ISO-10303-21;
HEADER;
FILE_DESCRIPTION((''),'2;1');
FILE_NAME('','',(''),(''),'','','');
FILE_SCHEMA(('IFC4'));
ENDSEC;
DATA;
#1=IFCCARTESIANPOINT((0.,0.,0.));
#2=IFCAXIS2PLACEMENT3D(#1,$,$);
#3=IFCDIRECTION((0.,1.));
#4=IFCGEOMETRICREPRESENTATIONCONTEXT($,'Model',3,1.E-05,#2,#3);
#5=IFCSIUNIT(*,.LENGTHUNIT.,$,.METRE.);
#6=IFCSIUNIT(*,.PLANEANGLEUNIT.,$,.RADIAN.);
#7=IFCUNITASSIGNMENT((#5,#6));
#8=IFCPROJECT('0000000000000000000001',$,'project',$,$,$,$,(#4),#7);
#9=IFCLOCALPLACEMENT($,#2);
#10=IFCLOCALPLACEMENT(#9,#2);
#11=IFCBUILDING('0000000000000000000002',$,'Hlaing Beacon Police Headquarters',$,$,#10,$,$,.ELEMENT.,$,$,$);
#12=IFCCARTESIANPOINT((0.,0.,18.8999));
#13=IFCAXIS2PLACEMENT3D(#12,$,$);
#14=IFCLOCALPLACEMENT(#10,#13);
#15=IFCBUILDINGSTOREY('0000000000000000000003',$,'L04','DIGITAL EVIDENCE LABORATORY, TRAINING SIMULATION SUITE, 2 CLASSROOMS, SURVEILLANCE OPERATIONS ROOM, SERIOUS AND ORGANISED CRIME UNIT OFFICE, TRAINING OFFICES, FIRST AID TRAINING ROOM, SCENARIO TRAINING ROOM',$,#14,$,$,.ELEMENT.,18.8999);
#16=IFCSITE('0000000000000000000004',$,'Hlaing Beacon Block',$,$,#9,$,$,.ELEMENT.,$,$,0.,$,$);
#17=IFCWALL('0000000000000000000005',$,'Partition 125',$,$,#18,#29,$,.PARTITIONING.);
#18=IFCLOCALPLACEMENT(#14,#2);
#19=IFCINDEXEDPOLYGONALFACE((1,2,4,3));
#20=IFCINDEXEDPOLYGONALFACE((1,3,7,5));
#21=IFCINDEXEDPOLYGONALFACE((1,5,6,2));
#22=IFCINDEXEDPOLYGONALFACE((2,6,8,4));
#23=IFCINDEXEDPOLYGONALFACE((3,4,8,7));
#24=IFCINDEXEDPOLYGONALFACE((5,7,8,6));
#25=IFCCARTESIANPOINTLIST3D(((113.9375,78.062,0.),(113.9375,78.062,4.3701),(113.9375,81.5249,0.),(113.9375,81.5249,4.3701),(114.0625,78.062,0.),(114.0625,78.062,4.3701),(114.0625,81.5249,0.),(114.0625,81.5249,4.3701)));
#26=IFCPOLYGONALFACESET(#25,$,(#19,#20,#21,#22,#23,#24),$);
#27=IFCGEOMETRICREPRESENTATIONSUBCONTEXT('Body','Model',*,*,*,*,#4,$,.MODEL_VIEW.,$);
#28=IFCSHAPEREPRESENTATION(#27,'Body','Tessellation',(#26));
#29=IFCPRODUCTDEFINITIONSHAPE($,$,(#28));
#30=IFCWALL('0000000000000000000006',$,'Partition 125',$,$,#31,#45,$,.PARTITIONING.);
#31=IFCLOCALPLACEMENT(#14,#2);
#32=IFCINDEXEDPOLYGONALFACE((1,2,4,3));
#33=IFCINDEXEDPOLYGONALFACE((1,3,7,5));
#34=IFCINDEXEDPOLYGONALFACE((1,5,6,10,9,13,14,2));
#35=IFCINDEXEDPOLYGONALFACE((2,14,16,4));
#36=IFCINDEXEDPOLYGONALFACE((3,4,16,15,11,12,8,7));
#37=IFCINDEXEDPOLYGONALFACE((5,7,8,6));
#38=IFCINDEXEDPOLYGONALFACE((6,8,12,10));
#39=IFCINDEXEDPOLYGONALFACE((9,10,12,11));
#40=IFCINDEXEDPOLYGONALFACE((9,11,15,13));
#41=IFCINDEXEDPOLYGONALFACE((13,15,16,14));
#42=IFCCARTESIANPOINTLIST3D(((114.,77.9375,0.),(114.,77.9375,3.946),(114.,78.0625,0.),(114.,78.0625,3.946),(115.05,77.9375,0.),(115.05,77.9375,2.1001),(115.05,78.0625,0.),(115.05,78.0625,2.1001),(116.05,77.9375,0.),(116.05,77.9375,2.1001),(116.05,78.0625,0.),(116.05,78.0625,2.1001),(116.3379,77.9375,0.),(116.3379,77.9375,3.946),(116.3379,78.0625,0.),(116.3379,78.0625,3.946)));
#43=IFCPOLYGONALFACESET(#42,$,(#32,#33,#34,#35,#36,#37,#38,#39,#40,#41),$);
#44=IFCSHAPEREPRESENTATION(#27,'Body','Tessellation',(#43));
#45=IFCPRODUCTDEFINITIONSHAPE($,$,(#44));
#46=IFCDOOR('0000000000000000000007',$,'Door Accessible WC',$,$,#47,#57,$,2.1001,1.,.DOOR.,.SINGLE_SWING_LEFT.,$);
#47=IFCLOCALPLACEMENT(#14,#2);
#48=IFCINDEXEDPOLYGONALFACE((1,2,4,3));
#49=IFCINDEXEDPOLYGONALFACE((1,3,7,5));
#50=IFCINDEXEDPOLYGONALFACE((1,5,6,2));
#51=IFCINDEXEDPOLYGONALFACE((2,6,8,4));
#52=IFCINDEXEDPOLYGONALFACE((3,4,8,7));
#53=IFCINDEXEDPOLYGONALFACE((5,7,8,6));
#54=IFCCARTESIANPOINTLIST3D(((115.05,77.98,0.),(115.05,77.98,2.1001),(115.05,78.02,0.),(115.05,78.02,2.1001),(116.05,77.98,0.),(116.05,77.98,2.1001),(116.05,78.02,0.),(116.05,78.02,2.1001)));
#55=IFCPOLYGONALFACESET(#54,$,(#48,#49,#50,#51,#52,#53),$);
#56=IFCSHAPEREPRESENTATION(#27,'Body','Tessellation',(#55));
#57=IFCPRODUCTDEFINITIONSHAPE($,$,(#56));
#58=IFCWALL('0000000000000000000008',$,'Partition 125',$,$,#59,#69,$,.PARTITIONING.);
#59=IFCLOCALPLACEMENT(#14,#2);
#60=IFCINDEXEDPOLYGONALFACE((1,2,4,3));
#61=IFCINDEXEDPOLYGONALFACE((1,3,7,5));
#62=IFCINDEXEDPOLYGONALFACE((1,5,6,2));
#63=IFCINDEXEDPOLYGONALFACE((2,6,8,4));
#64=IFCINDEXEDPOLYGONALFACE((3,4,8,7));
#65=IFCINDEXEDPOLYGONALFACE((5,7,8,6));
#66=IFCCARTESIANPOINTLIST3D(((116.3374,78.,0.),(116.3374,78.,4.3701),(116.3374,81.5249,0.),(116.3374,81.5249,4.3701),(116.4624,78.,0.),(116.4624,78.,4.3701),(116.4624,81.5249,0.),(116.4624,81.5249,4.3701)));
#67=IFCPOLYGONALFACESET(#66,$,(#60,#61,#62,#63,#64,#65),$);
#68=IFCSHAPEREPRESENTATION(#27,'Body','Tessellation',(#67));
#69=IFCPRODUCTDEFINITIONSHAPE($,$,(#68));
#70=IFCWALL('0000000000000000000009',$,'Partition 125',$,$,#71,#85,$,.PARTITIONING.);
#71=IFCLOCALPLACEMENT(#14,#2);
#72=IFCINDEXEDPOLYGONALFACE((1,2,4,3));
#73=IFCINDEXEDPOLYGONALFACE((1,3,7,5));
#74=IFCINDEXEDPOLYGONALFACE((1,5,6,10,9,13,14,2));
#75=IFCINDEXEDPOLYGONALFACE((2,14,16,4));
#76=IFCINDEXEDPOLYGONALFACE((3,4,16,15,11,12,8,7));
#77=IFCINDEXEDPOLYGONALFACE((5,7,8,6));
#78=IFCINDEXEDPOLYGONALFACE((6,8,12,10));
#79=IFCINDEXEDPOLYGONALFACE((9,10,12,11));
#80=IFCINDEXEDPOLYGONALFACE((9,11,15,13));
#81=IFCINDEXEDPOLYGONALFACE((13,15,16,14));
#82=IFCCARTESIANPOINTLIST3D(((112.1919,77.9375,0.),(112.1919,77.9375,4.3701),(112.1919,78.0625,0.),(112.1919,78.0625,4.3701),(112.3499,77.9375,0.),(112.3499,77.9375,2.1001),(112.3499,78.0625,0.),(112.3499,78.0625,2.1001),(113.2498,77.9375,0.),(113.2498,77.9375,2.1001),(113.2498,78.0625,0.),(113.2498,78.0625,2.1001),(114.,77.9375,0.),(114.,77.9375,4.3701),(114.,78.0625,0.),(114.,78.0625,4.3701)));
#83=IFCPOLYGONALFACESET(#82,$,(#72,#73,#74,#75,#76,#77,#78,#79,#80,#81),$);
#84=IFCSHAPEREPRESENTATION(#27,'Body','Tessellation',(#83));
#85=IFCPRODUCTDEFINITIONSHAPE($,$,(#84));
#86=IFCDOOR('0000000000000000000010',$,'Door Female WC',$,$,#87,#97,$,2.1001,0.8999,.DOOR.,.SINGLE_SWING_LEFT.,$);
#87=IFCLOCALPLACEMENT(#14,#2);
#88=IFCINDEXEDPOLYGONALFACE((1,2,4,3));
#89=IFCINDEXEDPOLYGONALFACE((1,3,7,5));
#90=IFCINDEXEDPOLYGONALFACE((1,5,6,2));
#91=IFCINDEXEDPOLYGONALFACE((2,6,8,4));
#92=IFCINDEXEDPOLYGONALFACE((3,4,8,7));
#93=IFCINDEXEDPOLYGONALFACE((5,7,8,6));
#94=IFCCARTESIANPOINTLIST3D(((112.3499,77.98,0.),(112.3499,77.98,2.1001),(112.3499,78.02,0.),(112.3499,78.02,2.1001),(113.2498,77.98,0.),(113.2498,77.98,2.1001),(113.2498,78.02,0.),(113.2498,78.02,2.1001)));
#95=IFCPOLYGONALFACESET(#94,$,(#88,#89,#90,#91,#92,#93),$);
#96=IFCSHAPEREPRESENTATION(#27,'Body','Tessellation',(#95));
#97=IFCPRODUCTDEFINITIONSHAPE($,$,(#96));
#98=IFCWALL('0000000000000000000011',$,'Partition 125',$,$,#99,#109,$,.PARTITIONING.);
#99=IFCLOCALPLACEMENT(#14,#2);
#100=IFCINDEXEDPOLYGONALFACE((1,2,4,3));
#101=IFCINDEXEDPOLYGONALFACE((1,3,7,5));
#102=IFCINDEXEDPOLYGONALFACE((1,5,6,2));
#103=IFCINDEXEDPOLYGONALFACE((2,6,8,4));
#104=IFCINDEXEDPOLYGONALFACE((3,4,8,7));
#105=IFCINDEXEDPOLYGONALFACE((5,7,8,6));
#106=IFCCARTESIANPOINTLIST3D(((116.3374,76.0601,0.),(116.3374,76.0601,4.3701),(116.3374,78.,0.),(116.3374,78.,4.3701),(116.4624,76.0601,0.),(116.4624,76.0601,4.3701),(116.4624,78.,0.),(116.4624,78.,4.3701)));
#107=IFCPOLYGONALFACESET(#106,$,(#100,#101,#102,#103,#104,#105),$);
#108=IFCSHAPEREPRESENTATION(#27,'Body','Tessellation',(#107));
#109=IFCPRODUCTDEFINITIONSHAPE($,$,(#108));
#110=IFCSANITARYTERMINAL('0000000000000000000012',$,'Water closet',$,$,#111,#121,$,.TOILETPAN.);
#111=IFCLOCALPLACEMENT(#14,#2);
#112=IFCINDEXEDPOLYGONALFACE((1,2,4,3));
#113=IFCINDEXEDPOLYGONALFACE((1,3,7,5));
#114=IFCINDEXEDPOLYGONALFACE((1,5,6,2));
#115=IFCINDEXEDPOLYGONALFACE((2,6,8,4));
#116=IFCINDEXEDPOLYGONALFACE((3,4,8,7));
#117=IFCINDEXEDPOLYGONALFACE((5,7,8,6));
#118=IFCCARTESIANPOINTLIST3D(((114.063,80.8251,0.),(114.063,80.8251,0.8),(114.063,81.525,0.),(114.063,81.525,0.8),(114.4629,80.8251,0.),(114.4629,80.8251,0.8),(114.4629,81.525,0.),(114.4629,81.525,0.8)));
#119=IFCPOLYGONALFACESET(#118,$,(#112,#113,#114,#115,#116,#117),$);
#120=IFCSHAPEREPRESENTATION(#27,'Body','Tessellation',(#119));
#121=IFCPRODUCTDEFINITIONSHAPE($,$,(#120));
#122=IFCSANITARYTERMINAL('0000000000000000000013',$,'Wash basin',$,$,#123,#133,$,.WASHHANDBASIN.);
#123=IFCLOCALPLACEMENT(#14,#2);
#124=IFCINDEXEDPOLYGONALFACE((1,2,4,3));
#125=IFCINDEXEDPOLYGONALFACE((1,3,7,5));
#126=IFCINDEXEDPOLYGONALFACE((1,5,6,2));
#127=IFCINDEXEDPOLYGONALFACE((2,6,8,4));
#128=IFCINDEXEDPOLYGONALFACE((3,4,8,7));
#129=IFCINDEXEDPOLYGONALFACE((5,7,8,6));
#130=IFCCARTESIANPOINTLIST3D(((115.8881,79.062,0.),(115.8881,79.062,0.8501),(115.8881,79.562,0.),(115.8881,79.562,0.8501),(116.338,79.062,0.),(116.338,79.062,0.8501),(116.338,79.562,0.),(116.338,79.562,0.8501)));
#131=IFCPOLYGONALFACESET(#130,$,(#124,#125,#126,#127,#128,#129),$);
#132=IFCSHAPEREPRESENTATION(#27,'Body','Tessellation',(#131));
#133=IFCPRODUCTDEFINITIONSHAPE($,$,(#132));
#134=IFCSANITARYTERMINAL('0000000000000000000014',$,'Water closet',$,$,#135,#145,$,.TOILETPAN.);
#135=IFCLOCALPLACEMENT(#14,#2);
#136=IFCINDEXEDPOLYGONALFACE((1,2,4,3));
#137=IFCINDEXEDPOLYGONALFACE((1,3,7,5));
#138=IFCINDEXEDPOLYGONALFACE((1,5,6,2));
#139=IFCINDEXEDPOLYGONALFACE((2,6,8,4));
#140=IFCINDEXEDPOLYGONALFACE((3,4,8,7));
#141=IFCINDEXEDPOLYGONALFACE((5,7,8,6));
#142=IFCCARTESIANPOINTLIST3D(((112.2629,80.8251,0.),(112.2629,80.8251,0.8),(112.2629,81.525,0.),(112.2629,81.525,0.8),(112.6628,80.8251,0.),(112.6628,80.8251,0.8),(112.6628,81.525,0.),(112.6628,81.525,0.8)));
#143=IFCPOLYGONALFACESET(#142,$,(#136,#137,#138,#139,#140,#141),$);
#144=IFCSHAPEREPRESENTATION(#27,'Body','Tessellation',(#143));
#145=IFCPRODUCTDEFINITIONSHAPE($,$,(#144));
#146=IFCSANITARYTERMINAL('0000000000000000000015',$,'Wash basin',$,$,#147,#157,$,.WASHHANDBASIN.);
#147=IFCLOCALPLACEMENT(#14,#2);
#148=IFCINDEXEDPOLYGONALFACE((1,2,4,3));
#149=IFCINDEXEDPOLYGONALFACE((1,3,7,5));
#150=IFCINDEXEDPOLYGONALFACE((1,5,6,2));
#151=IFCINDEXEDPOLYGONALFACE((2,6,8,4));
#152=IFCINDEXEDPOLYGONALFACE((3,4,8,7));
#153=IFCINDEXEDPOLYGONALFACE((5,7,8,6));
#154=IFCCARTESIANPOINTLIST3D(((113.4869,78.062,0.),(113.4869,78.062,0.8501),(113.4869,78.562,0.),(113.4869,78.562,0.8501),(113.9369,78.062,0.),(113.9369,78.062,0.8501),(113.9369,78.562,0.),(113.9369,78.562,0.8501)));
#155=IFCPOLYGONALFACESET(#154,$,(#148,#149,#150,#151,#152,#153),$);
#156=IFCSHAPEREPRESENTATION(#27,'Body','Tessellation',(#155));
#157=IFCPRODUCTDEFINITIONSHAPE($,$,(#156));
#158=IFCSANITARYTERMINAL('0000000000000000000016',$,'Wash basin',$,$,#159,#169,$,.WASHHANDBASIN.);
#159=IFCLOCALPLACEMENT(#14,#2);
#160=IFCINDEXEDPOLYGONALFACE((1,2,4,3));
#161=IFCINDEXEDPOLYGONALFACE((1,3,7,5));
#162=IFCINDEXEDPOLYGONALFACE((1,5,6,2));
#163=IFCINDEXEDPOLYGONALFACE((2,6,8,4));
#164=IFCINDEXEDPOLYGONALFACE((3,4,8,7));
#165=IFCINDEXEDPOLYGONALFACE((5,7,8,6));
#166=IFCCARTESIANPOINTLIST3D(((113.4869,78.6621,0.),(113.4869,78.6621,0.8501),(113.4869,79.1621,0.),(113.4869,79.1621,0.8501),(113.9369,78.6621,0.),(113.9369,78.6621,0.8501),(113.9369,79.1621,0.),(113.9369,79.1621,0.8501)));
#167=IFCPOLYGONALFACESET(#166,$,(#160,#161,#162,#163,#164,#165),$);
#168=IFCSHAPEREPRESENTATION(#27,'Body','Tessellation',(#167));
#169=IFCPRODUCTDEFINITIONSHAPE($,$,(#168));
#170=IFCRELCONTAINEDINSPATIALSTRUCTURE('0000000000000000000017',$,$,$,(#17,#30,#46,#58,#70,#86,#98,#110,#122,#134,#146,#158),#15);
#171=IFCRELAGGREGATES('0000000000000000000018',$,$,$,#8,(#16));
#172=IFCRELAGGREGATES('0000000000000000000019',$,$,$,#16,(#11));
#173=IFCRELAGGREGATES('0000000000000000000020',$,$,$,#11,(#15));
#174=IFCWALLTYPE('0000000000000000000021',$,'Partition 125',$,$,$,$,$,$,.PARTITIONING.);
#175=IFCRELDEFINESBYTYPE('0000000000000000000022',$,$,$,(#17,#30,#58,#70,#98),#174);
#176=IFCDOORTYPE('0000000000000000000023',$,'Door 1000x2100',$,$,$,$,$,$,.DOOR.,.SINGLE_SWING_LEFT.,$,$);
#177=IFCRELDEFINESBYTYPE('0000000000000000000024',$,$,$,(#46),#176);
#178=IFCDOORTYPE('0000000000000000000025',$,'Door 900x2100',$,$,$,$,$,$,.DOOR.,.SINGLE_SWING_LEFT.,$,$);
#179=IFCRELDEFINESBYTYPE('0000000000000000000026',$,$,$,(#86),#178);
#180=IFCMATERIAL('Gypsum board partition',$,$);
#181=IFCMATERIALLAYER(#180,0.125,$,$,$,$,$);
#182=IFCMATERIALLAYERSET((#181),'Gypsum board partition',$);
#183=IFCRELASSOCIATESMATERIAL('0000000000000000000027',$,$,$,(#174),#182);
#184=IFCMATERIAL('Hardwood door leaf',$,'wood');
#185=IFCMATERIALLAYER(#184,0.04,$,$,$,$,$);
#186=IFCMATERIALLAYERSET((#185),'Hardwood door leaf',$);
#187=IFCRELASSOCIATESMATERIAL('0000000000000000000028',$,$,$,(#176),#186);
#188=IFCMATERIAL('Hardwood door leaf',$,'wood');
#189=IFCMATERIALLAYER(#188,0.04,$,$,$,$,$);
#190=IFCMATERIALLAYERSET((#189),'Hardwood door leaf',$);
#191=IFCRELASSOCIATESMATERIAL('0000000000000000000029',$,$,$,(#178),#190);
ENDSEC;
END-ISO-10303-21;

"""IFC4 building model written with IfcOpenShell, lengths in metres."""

from ifc_helpers import new_model, si_unit, direction, frame, frame_2d, origin, origin_2d, place, context, subcontext, project, spatial, rectangle, extrude, material, layer, layer_set, type_object, element, fill, save


model = new_model("IFC4")

# Units and contexts
model_context = context("Model", 3, precision=1e-05, world=origin(), true_north=direction((0.0, 1.0)))
body_context = subcontext(model_context, "Body", "Model", "MODEL_VIEW")
ifc_project = project(units=[si_unit("LENGTHUNIT", "METRE"), si_unit("PLANEANGLEUNIT", "RADIAN")], contexts=[model_context])

# Site, building, storey
site_placement = place(None, origin())
site = spatial("IfcSite", under=ifc_project, at=site_placement, Name="Hlaing Beacon Block", CompositionType="ELEMENT", RefElevation=0.0)
building_placement = place(site_placement, origin())
building = spatial("IfcBuilding", under=site, at=building_placement, Name="Hlaing Beacon Police Headquarters", CompositionType="ELEMENT")
storey_placement = place(building_placement, frame((0.0, 0.0, 18.8999)))
storey = spatial("IfcBuildingStorey", under=building, at=storey_placement, Name="L04", Description="DIGITAL EVIDENCE LABORATORY, TRAINING SIMULATION SUITE, 2 CLASSROOMS, SURVEILLANCE OPERATIONS ROOM, SERIOUS AND ORGANISED CRIME UNIT OFFICE, TRAINING OFFICES, FIRST AID TRAINING ROOM, SCENARIO TRAINING ROOM", CompositionType="ELEMENT", Elevation=18.8999)

# Wall
ifc_material_1 = material(Name="Gypsum board partition")
ifc_layer_1 = layer(ifc_material_1, 0.125)
ifc_layer_set_1 = layer_set([ifc_layer_1], Name="Gypsum board partition")
wall_type_1 = type_object("IfcWallType", Name="Partition 125", PredefinedType="PARTITIONING", material=ifc_layer_set_1)
wall_1_placement = place(storey_placement, frame((114.0, 78.062, 0.0), z_axis=(0.0, 0.0, 1.0), x_axis=(0.0, 1.0, 0.0)))
element("IfcWall", 1, at=wall_1_placement, inside=storey, type_object=wall_type_1, Name="Partition 125", PredefinedType="PARTITIONING", context=body_context, shape_type="SweptSolid", body=[
    extrude(rectangle(XDim=3.4629, YDim=0.125, at=frame_2d((1.7314, 0.0))), origin(), (0.0, 0.0, 1.0), 4.3701),
])

# Wall, opening, door
wall_2_placement = place(storey_placement, frame((114.0, 78.0, 0.0), z_axis=(0.0, 0.0, 1.0), x_axis=(1.0, 0.0, 0.0)))
wall_2 = element("IfcWall", 2, at=wall_2_placement, inside=storey, type_object=wall_type_1, Name="Partition 125", PredefinedType="PARTITIONING", context=body_context, shape_type="SweptSolid", body=[
    extrude(rectangle(XDim=2.3379, YDim=0.125, at=frame_2d((1.1689, 0.0))), origin(), (0.0, 0.0, 1.0), 3.946),
])
opening_1_placement = place(wall_2_placement, frame((1.05, 0.0, 0.0)))
opening_1 = element("IfcOpeningElement", 3, at=opening_1_placement, cuts=wall_2, PredefinedType="OPENING", context=body_context, shape_type="SweptSolid", body=[
    extrude(rectangle(XDim=1.0, YDim=2.1001, at=frame_2d((0.5, 1.05))), frame((0.0, 0.0725, 0.0), z_axis=(0.0, -1.0, 0.0), x_axis=(1.0, 0.0, 0.0)), (0.0, 0.0, 1.0), 0.145),
])
ifc_material_2 = material(Name="Hardwood door leaf", Category="wood")
ifc_layer_2 = layer(ifc_material_2, 0.04)
ifc_layer_set_2 = layer_set([ifc_layer_2], Name="Hardwood door leaf")
door_type_1 = type_object("IfcDoorType", Name="Door 1000x2100", OperationType="SINGLE_SWING_LEFT", PredefinedType="DOOR", material=ifc_layer_set_2)
door_1_placement = place(opening_1_placement, origin())
door_1 = element("IfcDoor", 4, at=door_1_placement, inside=storey, type_object=door_type_1, Name="Door Accessible WC", OperationType="SINGLE_SWING_LEFT", OverallHeight=2.1001, OverallWidth=1.0, PredefinedType="DOOR", context=body_context, shape_type="SweptSolid", body=[
    extrude(rectangle(XDim=1.0, YDim=2.1001, at=frame_2d((0.5, 1.05))), frame((0.0, 0.02, 0.0), z_axis=(0.0, -1.0, 0.0), x_axis=(1.0, 0.0, 0.0)), (0.0, 0.0, 1.0), 0.04),
])
fill(opening_1, door_1)

# Wall
wall_3_placement = place(storey_placement, frame((116.3999, 78.0, 0.0), z_axis=(0.0, 0.0, 1.0), x_axis=(0.0, 1.0, 0.0)))
element("IfcWall", 5, at=wall_3_placement, inside=storey, type_object=wall_type_1, Name="Partition 125", PredefinedType="PARTITIONING", context=body_context, shape_type="SweptSolid", body=[
    extrude(rectangle(XDim=3.5249, YDim=0.125, at=frame_2d((1.7625, 0.0))), origin(), (0.0, 0.0, 1.0), 4.3701),
])

# Wall, opening, door
wall_4_placement = place(storey_placement, frame((112.1919, 78.0, 0.0), z_axis=(0.0, 0.0, 1.0), x_axis=(1.0, 0.0, 0.0)))
wall_4 = element("IfcWall", 6, at=wall_4_placement, inside=storey, type_object=wall_type_1, Name="Partition 125", PredefinedType="PARTITIONING", context=body_context, shape_type="SweptSolid", body=[
    extrude(rectangle(XDim=1.8081, YDim=0.125, at=frame_2d((0.9041, 0.0))), origin(), (0.0, 0.0, 1.0), 4.3701),
])
opening_2_placement = place(wall_4_placement, frame((0.158, 0.0, 0.0)))
opening_2 = element("IfcOpeningElement", 7, at=opening_2_placement, cuts=wall_4, PredefinedType="OPENING", context=body_context, shape_type="SweptSolid", body=[
    extrude(rectangle(XDim=0.8999, YDim=2.1001, at=frame_2d((0.45, 1.05))), frame((0.0, 0.0725, 0.0), z_axis=(0.0, -1.0, 0.0), x_axis=(1.0, 0.0, 0.0)), (0.0, 0.0, 1.0), 0.145),
])
ifc_material_3 = material(Name="Hardwood door leaf", Category="wood")
ifc_layer_3 = layer(ifc_material_3, 0.04)
ifc_layer_set_3 = layer_set([ifc_layer_3], Name="Hardwood door leaf")
door_type_2 = type_object("IfcDoorType", Name="Door 900x2100", OperationType="SINGLE_SWING_LEFT", PredefinedType="DOOR", material=ifc_layer_set_3)
door_2_placement = place(opening_2_placement, origin())
door_2 = element("IfcDoor", 8, at=door_2_placement, inside=storey, type_object=door_type_2, Name="Door Female WC", OperationType="SINGLE_SWING_LEFT", OverallHeight=2.1001, OverallWidth=0.8999, PredefinedType="DOOR", context=body_context, shape_type="SweptSolid", body=[
    extrude(rectangle(XDim=0.8999, YDim=2.1001, at=frame_2d((0.45, 1.05))), frame((0.0, 0.02, 0.0), z_axis=(0.0, -1.0, 0.0), x_axis=(1.0, 0.0, 0.0)), (0.0, 0.0, 1.0), 0.04),
])
fill(opening_2, door_2)

# Wall
wall_5_placement = place(storey_placement, frame((116.3999, 76.0601, 0.0), z_axis=(0.0, 0.0, 1.0), x_axis=(0.0, 1.0, 0.0)))
element("IfcWall", 9, at=wall_5_placement, inside=storey, type_object=wall_type_1, Name="Partition 125", PredefinedType="PARTITIONING", context=body_context, shape_type="SweptSolid", body=[
    extrude(rectangle(XDim=1.9399, YDim=0.125, at=frame_2d((0.97, 0.0))), origin(), (0.0, 0.0, 1.0), 4.3701),
])

# Sanitary terminals
sanitary_terminal_1_placement = place(storey_placement, frame((114.2629, 81.175, 0.0), z_axis=(0.0, 0.0, 1.0), x_axis=(1.0, 0.0, 0.0)))
element("IfcSanitaryTerminal", 10, at=sanitary_terminal_1_placement, inside=storey, Name="Water closet", PredefinedType="TOILETPAN", context=body_context, shape_type="SweptSolid", body=[
    extrude(rectangle(XDim=0.3999, YDim=0.7, at=origin_2d()), origin(), (0.0, 0.0, 1.0), 0.8),
])
sanitary_terminal_2_placement = place(storey_placement, frame((116.113, 79.312, 0.0), z_axis=(0.0, 0.0, 1.0), x_axis=(1.0, 0.0, 0.0)))
element("IfcSanitaryTerminal", 11, at=sanitary_terminal_2_placement, inside=storey, Name="Wash basin", PredefinedType="WASHHANDBASIN", context=body_context, shape_type="SweptSolid", body=[
    extrude(rectangle(XDim=0.45, YDim=0.5, at=origin_2d()), origin(), (0.0, 0.0, 1.0), 0.8501),
])
sanitary_terminal_3_placement = place(storey_placement, frame((112.4629, 81.175, 0.0), z_axis=(0.0, 0.0, 1.0), x_axis=(1.0, 0.0, 0.0)))
element("IfcSanitaryTerminal", 12, at=sanitary_terminal_3_placement, inside=storey, Name="Water closet", PredefinedType="TOILETPAN", context=body_context, shape_type="SweptSolid", body=[
    extrude(rectangle(XDim=0.3999, YDim=0.7, at=origin_2d()), origin(), (0.0, 0.0, 1.0), 0.8),
])
for number, where, z_axis, x_axis, name in (
    (13, (113.7119, 78.312, 0.0), (0.0, 0.0, 1.0), (1.0, 0.0, 0.0), "Wash basin"),
    (14, (113.7119, 78.9121, 0.0), (0.0, 0.0, 1.0), (1.0, 0.0, 0.0), "Wash basin"),
):
    element("IfcSanitaryTerminal", number, at=place(storey_placement, frame(where, z_axis=z_axis, x_axis=x_axis)), inside=storey, Name=name, PredefinedType="WASHHANDBASIN", context=body_context, shape_type="SweptSolid", body=[
        extrude(rectangle(XDim=0.45, YDim=0.5, at=origin_2d()), origin(), (0.0, 0.0, 1.0), 0.8501),
    ])

save(model, "model.ifc")
